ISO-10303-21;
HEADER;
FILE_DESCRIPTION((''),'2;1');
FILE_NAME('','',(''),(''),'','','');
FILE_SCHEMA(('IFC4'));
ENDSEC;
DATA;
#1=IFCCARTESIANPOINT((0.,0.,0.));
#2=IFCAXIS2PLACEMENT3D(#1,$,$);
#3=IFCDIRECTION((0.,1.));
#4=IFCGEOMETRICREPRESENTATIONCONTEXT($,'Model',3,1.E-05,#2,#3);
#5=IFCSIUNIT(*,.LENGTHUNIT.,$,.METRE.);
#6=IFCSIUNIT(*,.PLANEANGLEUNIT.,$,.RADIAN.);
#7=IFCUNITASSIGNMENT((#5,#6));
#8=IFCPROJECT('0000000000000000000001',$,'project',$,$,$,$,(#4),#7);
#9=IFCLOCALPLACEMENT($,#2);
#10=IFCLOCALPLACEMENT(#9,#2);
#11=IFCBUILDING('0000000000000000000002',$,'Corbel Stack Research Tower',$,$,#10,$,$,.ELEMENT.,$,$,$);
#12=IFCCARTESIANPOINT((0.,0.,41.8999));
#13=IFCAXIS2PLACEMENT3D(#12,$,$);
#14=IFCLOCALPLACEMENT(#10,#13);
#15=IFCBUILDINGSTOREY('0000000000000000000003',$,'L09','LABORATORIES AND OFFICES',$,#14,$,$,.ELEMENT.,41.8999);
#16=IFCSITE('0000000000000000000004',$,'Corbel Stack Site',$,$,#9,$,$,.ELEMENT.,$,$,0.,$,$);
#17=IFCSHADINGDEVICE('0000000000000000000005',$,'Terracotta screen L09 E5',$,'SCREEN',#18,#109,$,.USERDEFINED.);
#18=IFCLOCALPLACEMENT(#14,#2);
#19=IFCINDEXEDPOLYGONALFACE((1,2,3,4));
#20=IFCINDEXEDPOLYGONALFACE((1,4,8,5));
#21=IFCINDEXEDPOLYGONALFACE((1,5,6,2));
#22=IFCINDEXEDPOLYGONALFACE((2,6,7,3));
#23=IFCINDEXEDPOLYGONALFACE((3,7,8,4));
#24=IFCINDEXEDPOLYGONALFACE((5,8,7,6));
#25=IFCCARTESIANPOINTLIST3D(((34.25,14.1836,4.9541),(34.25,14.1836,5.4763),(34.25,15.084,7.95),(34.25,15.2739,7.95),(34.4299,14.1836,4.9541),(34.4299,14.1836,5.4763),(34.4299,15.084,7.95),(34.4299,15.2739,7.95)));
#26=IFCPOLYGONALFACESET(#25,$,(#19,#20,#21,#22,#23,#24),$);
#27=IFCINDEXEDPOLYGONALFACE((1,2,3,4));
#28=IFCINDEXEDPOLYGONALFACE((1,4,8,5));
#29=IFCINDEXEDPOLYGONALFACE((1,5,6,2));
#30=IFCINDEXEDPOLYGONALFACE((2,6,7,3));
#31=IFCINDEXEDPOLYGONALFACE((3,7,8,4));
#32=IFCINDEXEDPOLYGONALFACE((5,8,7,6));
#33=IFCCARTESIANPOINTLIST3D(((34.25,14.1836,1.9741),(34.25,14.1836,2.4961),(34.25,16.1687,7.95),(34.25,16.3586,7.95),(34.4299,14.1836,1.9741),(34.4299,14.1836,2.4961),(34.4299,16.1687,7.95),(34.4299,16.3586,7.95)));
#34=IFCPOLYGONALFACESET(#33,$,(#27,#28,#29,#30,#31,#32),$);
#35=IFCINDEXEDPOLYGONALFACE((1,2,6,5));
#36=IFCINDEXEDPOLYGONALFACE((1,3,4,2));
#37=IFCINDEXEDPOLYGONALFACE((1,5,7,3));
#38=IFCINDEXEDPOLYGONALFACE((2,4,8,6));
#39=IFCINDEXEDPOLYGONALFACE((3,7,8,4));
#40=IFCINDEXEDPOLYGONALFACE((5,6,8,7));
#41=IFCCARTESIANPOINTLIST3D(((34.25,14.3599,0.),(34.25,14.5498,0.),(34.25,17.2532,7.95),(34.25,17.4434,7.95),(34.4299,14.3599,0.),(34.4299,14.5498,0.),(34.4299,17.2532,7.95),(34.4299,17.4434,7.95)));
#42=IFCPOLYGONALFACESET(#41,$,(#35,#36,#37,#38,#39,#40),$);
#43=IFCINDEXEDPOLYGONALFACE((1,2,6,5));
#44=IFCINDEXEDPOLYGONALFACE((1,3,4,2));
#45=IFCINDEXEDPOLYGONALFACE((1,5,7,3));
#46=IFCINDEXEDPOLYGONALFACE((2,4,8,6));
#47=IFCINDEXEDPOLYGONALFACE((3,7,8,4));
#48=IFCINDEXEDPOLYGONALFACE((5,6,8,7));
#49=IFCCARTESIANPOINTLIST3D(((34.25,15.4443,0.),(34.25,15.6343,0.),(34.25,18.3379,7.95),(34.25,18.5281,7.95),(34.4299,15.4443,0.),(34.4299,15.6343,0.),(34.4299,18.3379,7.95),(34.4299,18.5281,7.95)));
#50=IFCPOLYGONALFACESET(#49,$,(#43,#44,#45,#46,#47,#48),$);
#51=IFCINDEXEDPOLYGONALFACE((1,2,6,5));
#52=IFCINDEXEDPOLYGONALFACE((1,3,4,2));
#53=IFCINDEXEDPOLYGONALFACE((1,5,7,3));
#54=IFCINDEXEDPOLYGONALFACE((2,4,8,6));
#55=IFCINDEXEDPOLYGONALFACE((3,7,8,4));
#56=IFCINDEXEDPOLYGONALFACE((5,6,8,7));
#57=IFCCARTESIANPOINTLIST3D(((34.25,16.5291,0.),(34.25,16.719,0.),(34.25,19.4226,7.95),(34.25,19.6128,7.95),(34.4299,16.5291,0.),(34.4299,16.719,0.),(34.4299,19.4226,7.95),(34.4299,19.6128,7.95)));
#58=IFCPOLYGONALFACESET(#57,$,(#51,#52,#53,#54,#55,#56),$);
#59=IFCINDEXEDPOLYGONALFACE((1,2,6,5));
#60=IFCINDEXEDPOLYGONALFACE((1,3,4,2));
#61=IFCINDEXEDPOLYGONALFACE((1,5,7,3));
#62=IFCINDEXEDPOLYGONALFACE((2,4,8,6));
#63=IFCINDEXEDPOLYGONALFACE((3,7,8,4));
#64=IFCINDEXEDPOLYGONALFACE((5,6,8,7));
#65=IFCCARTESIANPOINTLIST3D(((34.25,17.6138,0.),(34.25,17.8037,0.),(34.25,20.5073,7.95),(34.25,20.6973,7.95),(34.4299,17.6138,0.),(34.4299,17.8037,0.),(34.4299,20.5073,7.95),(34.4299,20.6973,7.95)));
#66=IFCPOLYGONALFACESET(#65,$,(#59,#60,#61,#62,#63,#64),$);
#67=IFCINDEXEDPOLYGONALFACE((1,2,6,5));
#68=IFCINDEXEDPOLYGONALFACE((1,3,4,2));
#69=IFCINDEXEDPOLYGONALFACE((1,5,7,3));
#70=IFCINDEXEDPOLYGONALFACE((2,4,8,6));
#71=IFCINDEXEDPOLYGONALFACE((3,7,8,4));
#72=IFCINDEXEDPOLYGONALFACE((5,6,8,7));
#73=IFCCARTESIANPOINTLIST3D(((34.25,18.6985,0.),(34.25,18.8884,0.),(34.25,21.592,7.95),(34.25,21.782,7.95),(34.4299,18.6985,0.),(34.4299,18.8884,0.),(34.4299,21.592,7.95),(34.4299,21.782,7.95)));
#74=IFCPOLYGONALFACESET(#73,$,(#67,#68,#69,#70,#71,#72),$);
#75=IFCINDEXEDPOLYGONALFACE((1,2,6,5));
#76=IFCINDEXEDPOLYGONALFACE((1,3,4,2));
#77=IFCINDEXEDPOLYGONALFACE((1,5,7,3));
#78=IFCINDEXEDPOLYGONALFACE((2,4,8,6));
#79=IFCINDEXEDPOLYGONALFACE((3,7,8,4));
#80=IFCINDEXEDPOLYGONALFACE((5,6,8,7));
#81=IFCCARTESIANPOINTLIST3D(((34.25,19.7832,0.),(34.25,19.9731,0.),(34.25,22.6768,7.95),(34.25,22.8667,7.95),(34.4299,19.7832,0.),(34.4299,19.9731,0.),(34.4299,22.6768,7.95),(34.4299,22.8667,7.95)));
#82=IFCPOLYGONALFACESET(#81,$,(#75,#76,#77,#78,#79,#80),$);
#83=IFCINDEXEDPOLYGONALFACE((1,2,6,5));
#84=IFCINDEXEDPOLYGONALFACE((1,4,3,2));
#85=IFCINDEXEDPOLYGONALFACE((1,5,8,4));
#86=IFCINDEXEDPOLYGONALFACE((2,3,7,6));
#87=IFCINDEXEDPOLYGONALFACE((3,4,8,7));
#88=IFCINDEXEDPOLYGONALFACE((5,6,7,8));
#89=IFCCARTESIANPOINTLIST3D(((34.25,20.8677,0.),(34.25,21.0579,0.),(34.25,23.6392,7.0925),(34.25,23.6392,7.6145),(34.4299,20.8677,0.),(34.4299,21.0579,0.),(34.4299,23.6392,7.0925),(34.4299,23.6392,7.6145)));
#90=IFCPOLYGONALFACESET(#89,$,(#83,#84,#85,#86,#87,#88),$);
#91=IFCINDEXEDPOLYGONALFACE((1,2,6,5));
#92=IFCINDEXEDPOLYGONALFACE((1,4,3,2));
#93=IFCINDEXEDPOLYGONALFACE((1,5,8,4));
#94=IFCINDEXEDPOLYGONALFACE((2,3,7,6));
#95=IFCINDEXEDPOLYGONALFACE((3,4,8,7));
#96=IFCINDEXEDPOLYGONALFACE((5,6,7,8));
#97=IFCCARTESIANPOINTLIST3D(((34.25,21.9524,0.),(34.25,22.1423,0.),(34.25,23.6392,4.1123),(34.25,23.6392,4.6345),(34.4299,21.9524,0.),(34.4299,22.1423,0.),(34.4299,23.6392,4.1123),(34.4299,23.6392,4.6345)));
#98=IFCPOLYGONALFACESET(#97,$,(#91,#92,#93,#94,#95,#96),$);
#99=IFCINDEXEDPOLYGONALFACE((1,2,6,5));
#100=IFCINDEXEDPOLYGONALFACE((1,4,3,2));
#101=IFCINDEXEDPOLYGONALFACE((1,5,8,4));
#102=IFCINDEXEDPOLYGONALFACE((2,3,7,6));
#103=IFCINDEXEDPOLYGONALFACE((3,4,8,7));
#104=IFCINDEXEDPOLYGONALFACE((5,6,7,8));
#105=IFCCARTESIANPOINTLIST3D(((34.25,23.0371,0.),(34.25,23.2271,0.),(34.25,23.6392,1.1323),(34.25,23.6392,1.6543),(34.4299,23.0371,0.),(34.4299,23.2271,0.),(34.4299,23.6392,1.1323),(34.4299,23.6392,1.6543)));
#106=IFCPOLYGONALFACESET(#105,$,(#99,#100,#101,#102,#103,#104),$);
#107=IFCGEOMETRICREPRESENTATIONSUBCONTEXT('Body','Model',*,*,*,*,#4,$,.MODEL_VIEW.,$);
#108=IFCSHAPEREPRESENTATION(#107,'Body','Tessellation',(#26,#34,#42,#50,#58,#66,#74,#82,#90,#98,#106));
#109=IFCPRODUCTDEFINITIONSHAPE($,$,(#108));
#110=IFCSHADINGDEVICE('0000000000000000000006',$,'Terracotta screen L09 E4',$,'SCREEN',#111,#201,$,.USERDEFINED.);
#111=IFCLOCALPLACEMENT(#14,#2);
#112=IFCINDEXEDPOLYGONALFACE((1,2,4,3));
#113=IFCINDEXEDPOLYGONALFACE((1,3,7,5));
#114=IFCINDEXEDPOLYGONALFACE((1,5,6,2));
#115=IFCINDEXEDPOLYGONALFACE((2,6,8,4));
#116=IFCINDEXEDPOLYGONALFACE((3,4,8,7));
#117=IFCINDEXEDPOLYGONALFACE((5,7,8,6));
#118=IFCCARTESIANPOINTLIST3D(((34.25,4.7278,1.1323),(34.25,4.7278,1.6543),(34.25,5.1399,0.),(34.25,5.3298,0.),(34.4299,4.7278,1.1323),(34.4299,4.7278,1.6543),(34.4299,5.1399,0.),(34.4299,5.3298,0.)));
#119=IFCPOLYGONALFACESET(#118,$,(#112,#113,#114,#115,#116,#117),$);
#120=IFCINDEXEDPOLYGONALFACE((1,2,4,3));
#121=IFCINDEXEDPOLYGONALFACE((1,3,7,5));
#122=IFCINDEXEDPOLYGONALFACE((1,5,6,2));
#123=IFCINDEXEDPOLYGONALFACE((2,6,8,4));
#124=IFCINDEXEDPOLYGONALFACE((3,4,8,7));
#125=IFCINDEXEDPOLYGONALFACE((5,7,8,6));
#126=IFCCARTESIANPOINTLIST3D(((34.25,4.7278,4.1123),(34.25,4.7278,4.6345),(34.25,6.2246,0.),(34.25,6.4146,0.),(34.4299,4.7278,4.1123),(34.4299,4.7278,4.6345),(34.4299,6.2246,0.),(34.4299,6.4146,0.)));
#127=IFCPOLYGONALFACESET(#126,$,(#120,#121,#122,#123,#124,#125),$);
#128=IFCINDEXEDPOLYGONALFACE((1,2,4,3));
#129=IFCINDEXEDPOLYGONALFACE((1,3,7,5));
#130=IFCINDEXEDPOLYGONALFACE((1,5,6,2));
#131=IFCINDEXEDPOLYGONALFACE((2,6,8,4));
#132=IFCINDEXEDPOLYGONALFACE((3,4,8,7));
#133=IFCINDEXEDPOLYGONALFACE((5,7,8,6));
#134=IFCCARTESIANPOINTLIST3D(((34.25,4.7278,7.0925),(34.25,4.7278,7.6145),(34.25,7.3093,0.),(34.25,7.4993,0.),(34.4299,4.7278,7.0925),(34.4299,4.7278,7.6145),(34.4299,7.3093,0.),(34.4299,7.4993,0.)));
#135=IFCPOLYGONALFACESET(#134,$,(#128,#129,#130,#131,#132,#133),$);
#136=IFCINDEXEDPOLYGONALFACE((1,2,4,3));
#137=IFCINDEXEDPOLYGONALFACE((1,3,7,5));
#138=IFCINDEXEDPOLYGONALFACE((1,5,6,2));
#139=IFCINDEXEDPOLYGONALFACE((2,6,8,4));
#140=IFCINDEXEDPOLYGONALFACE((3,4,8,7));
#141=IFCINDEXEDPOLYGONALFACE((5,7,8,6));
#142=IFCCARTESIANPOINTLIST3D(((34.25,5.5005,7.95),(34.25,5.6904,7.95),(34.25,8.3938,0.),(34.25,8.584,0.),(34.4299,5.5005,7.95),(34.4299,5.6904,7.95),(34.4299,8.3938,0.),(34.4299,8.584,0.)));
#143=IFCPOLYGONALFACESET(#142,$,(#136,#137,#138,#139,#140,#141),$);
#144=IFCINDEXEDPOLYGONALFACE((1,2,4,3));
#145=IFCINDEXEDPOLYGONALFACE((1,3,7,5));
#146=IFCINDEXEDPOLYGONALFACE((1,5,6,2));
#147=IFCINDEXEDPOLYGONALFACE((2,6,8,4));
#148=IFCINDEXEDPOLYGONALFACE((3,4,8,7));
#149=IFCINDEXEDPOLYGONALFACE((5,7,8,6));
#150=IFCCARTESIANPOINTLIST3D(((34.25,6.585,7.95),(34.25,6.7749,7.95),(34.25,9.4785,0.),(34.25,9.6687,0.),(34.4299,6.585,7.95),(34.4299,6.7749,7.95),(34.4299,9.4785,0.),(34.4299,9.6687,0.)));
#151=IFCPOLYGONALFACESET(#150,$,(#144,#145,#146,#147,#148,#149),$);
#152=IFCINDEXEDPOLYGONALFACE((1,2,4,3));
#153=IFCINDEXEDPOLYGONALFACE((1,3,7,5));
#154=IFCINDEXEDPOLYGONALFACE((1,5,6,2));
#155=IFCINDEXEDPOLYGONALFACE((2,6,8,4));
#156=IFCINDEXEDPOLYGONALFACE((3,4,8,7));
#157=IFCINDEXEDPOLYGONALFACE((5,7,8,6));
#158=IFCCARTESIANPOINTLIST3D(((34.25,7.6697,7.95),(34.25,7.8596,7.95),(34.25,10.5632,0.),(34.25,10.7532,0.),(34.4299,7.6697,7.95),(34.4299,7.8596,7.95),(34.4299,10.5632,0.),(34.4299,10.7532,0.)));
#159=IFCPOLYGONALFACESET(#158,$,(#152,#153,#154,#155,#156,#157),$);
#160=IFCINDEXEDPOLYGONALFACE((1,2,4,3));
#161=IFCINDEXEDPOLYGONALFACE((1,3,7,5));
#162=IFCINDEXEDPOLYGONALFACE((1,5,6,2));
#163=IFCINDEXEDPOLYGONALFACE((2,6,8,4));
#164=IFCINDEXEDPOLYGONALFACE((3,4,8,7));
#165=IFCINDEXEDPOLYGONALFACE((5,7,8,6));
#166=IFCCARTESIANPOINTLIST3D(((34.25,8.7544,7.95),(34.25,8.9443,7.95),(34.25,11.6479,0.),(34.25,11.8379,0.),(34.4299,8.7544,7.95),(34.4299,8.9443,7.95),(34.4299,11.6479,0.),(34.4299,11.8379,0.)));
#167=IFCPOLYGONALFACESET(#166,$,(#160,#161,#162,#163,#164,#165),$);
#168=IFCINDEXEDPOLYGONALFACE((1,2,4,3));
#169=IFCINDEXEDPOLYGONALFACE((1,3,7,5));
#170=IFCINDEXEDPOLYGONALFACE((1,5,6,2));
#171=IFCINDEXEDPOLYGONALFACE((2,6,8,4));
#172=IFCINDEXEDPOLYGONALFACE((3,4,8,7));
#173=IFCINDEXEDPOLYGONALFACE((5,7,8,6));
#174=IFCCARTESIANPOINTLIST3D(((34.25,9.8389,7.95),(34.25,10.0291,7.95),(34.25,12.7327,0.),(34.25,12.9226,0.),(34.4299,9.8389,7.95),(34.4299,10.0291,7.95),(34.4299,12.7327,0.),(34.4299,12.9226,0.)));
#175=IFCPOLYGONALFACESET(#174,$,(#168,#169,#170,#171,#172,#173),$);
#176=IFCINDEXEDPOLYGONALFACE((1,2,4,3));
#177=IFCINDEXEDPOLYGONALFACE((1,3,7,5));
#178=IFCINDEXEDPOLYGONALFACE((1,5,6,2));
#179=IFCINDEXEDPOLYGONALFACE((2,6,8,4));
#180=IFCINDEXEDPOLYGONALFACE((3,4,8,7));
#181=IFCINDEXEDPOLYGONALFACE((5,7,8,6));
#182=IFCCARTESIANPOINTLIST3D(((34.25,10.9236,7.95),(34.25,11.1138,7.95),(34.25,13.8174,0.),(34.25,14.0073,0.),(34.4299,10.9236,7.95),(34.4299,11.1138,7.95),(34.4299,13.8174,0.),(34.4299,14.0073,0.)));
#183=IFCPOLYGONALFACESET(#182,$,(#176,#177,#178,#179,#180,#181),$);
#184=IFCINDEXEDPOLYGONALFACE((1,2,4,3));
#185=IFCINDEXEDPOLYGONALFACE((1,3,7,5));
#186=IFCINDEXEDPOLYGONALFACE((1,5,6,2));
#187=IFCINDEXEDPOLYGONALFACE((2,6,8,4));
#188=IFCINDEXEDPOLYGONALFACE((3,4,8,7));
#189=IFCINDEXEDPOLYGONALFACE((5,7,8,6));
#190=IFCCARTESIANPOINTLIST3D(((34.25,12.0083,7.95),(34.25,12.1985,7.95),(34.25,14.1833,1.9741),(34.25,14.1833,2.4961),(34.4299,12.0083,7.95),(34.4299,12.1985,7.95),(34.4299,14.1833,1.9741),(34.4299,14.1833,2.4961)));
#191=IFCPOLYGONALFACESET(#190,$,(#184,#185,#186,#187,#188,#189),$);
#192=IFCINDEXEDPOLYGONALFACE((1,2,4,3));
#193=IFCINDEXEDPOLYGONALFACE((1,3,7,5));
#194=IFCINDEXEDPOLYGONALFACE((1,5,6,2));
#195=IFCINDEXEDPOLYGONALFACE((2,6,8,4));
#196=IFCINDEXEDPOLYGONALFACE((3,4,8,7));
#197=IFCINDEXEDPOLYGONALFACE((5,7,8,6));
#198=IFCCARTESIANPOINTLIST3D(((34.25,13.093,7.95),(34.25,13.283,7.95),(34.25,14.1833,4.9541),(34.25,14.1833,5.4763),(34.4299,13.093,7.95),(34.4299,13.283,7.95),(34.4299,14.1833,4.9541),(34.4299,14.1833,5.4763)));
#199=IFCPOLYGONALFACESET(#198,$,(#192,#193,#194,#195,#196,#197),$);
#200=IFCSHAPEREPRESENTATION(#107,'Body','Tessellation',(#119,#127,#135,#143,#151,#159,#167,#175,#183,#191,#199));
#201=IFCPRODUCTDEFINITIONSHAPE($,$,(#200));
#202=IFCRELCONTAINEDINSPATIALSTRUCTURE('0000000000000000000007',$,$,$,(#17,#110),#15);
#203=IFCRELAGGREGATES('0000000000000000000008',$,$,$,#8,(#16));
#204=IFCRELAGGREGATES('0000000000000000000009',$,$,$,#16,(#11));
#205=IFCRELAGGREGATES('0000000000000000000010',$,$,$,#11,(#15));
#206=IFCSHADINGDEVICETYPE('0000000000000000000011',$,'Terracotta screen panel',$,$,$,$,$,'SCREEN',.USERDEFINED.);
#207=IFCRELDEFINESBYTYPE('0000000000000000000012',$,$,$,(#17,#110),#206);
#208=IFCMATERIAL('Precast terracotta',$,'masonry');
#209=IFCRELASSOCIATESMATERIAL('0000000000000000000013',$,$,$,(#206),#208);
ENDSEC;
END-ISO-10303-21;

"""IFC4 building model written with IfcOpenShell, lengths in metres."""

from ifc_helpers import new_model, si_unit, direction, frame, origin, place, context, subcontext, project, spatial, polyline, outline, extrude, source, transform, mapped, material, type_object, element, save


model = new_model("IFC4")

# Units and contexts
model_context = context("Model", 3, precision=1e-05, world=origin(), true_north=direction((0.0, 1.0)))
body_context = subcontext(model_context, "Body", "Model", "MODEL_VIEW")
ifc_project = project(units=[si_unit("LENGTHUNIT", "METRE"), si_unit("PLANEANGLEUNIT", "RADIAN")], contexts=[model_context])

# Site, building, storey
site_placement = place(None, origin())
site = spatial("IfcSite", under=ifc_project, at=site_placement, Name="Corbel Stack Site", CompositionType="ELEMENT", RefElevation=0.0)
building_placement = place(site_placement, origin())
building = spatial("IfcBuilding", under=site, at=building_placement, Name="Corbel Stack Research Tower", CompositionType="ELEMENT")
storey_placement = place(building_placement, frame((0.0, 0.0, 41.8999)))
storey = spatial("IfcBuildingStorey", under=building, at=storey_placement, Name="L09", Description="LABORATORIES AND OFFICES", CompositionType="ELEMENT", Elevation=41.8999)

# Shading devices
ifc_material_1 = material(Name="Precast terracotta", Category="masonry")
shading_device_type = type_object("IfcShadingDeviceType", Name="Terracotta screen panel", ElementType="SCREEN", PredefinedType="USERDEFINED", material=ifc_material_1)
shared_shape_1 = source(origin(), body_context, "Body", "SweptSolid", [
    extrude(outline(polyline([(1.0903, 7.95), (0.9004, 7.95), (0.0, 5.4763), (0.0, 4.9541), (1.0903, 7.95)])), frame((0.0, 0.0, 0.0), z_axis=(0.0, -1.0, 0.0), x_axis=(1.0, 0.0, 0.0)), (0.0, 0.0, 1.0), 0.1799),
    extrude(outline(polyline([(2.175, 7.95), (1.9851, 7.95), (0.0, 2.4961), (0.0, 1.9741), (2.175, 7.95)])), frame((0.0, 0.0, 0.0), z_axis=(0.0, -1.0, 0.0), x_axis=(1.0, 0.0, 0.0)), (0.0, 0.0, 1.0), 0.1799),
    extrude(outline(polyline([(0.3662, 0.0), (3.2598, 7.95), (3.0696, 7.95), (0.1763, 0.0), (0.3662, 0.0)])), frame((0.0, 0.0, 0.0), z_axis=(0.0, -1.0, 0.0), x_axis=(1.0, 0.0, 0.0)), (0.0, 0.0, 1.0), 0.1799),
    extrude(outline(polyline([(1.4507, 0.0), (4.3445, 7.95), (4.1543, 7.95), (1.2607, 0.0), (1.4507, 0.0)])), frame((0.0, 0.0, 0.0), z_axis=(0.0, -1.0, 0.0), x_axis=(1.0, 0.0, 0.0)), (0.0, 0.0, 1.0), 0.1799),
    extrude(outline(polyline([(2.5354, 0.0), (5.4292, 7.95), (5.239, 7.95), (2.3455, 0.0), (2.5354, 0.0)])), frame((0.0, 0.0, 0.0), z_axis=(0.0, -1.0, 0.0), x_axis=(1.0, 0.0, 0.0)), (0.0, 0.0, 1.0), 0.1799),
    extrude(outline(polyline([(3.6201, 0.0), (6.5137, 7.95), (6.3237, 7.95), (3.4302, 0.0), (3.6201, 0.0)])), frame((0.0, 0.0, 0.0), z_axis=(0.0, -1.0, 0.0), x_axis=(1.0, 0.0, 0.0)), (0.0, 0.0, 1.0), 0.1799),
    extrude(outline(polyline([(4.7048, 0.0), (7.5984, 7.95), (7.4084, 7.95), (4.5149, 0.0), (4.7048, 0.0)])), frame((0.0, 0.0, 0.0), z_axis=(0.0, -1.0, 0.0), x_axis=(1.0, 0.0, 0.0)), (0.0, 0.0, 1.0), 0.1799),
    extrude(outline(polyline([(5.7896, 0.0), (8.6831, 7.95), (8.4932, 7.95), (5.5996, 0.0), (5.7896, 0.0)])), frame((0.0, 0.0, 0.0), z_axis=(0.0, -1.0, 0.0), x_axis=(1.0, 0.0, 0.0)), (0.0, 0.0, 1.0), 0.1799),
    extrude(outline(polyline([(6.8743, 0.0), (9.4556, 7.0925), (9.4556, 7.6145), (6.6841, 0.0), (6.8743, 0.0)])), frame((0.0, 0.0, 0.0), z_axis=(0.0, -1.0, 0.0), x_axis=(1.0, 0.0, 0.0)), (0.0, 0.0, 1.0), 0.1799),
    extrude(outline(polyline([(7.9587, 0.0), (9.4556, 4.1123), (9.4556, 4.6345), (7.7688, 0.0), (7.9587, 0.0)])), frame((0.0, 0.0, 0.0), z_axis=(0.0, -1.0, 0.0), x_axis=(1.0, 0.0, 0.0)), (0.0, 0.0, 1.0), 0.1799),
    extrude(outline(polyline([(9.0435, 0.0), (9.4556, 1.1323), (9.4556, 1.6543), (8.8535, 0.0), (9.0435, 0.0)])), frame((0.0, 0.0, 0.0), z_axis=(0.0, -1.0, 0.0), x_axis=(1.0, 0.0, 0.0)), (0.0, 0.0, 1.0), 0.1799),
])
shading_device_1_placement = place(storey_placement, frame((34.25, 14.1836, 0.0), z_axis=(0.0, 0.0, 1.0), x_axis=(0.0, 1.0, 0.0)))
element("IfcShadingDevice", 1, at=shading_device_1_placement, inside=storey, type_object=shading_device_type, Name="Terracotta screen L09 E5", ObjectType="SCREEN", PredefinedType="USERDEFINED", context=body_context, shape_type="MappedRepresentation", body=[
    mapped(shared_shape_1, transform((0.0, 0.0, 0.0))),
])
shared_shape_2 = source(origin(), body_context, "Body", "SweptSolid", [
    extrude(outline(polyline([(0.6021, 0.0), (0.0, 1.6543), (0.0, 1.1323), (0.4121, 0.0), (0.6021, 0.0)])), frame((0.0, 0.0, 0.0), z_axis=(0.0, -1.0, 0.0), x_axis=(1.0, 0.0, 0.0)), (0.0, 0.0, 1.0), 0.1799),
    extrude(outline(polyline([(1.6868, 0.0), (0.0, 4.6345), (0.0, 4.1123), (1.4968, 0.0), (1.6868, 0.0)])), frame((0.0, 0.0, 0.0), z_axis=(0.0, -1.0, 0.0), x_axis=(1.0, 0.0, 0.0)), (0.0, 0.0, 1.0), 0.1799),
    extrude(outline(polyline([(2.7715, 0.0), (0.0, 7.6145), (0.0, 7.0925), (2.5815, 0.0), (2.7715, 0.0)])), frame((0.0, 0.0, 0.0), z_axis=(0.0, -1.0, 0.0), x_axis=(1.0, 0.0, 0.0)), (0.0, 0.0, 1.0), 0.1799),
    extrude(outline(polyline([(3.8562, 0.0), (0.9626, 7.95), (0.7727, 7.95), (3.666, 0.0), (3.8562, 0.0)])), frame((0.0, 0.0, 0.0), z_axis=(0.0, -1.0, 0.0), x_axis=(1.0, 0.0, 0.0)), (0.0, 0.0, 1.0), 0.1799),
    extrude(outline(polyline([(4.9409, 0.0), (2.0471, 7.95), (1.8572, 7.95), (4.7507, 0.0), (4.9409, 0.0)])), frame((0.0, 0.0, 0.0), z_axis=(0.0, -1.0, 0.0), x_axis=(1.0, 0.0, 0.0)), (0.0, 0.0, 1.0), 0.1799),
    extrude(outline(polyline([(6.0254, 0.0), (3.1318, 7.95), (2.9419, 7.95), (5.8354, 0.0), (6.0254, 0.0)])), frame((0.0, 0.0, 0.0), z_axis=(0.0, -1.0, 0.0), x_axis=(1.0, 0.0, 0.0)), (0.0, 0.0, 1.0), 0.1799),
    extrude(outline(polyline([(7.1101, 0.0), (4.2166, 7.95), (4.0266, 7.95), (6.9202, 0.0), (7.1101, 0.0)])), frame((0.0, 0.0, 0.0), z_axis=(0.0, -1.0, 0.0), x_axis=(1.0, 0.0, 0.0)), (0.0, 0.0, 1.0), 0.1799),
    extrude(outline(polyline([(8.1948, 0.0), (5.3013, 7.95), (5.1111, 7.95), (8.0049, 0.0), (8.1948, 0.0)])), frame((0.0, 0.0, 0.0), z_axis=(0.0, -1.0, 0.0), x_axis=(1.0, 0.0, 0.0)), (0.0, 0.0, 1.0), 0.1799),
    extrude(outline(polyline([(9.2795, 0.0), (6.386, 7.95), (6.1958, 7.95), (9.0896, 0.0), (9.2795, 0.0)])), frame((0.0, 0.0, 0.0), z_axis=(0.0, -1.0, 0.0), x_axis=(1.0, 0.0, 0.0)), (0.0, 0.0, 1.0), 0.1799),
    extrude(outline(polyline([(7.4707, 7.95), (7.2805, 7.95), (9.4556, 1.9741), (9.4556, 2.4961), (7.4707, 7.95)])), frame((0.0, 0.0, 0.0), z_axis=(0.0, -1.0, 0.0), x_axis=(1.0, 0.0, 0.0)), (0.0, 0.0, 1.0), 0.1799),
    extrude(outline(polyline([(8.5552, 7.95), (8.3652, 7.95), (9.4556, 4.9541), (9.4556, 5.4763), (8.5552, 7.95)])), frame((0.0, 0.0, 0.0), z_axis=(0.0, -1.0, 0.0), x_axis=(1.0, 0.0, 0.0)), (0.0, 0.0, 1.0), 0.1799),
])
shading_device_2_placement = place(storey_placement, frame((34.25, 4.7278, 0.0), z_axis=(0.0, 0.0, 1.0), x_axis=(0.0, 1.0, 0.0)))
element("IfcShadingDevice", 2, at=shading_device_2_placement, inside=storey, type_object=shading_device_type, Name="Terracotta screen L09 E4", ObjectType="SCREEN", PredefinedType="USERDEFINED", context=body_context, shape_type="MappedRepresentation", body=[
    mapped(shared_shape_2, transform((0.0, 0.0, 0.0))),
])

save(model, "model.ifc")
